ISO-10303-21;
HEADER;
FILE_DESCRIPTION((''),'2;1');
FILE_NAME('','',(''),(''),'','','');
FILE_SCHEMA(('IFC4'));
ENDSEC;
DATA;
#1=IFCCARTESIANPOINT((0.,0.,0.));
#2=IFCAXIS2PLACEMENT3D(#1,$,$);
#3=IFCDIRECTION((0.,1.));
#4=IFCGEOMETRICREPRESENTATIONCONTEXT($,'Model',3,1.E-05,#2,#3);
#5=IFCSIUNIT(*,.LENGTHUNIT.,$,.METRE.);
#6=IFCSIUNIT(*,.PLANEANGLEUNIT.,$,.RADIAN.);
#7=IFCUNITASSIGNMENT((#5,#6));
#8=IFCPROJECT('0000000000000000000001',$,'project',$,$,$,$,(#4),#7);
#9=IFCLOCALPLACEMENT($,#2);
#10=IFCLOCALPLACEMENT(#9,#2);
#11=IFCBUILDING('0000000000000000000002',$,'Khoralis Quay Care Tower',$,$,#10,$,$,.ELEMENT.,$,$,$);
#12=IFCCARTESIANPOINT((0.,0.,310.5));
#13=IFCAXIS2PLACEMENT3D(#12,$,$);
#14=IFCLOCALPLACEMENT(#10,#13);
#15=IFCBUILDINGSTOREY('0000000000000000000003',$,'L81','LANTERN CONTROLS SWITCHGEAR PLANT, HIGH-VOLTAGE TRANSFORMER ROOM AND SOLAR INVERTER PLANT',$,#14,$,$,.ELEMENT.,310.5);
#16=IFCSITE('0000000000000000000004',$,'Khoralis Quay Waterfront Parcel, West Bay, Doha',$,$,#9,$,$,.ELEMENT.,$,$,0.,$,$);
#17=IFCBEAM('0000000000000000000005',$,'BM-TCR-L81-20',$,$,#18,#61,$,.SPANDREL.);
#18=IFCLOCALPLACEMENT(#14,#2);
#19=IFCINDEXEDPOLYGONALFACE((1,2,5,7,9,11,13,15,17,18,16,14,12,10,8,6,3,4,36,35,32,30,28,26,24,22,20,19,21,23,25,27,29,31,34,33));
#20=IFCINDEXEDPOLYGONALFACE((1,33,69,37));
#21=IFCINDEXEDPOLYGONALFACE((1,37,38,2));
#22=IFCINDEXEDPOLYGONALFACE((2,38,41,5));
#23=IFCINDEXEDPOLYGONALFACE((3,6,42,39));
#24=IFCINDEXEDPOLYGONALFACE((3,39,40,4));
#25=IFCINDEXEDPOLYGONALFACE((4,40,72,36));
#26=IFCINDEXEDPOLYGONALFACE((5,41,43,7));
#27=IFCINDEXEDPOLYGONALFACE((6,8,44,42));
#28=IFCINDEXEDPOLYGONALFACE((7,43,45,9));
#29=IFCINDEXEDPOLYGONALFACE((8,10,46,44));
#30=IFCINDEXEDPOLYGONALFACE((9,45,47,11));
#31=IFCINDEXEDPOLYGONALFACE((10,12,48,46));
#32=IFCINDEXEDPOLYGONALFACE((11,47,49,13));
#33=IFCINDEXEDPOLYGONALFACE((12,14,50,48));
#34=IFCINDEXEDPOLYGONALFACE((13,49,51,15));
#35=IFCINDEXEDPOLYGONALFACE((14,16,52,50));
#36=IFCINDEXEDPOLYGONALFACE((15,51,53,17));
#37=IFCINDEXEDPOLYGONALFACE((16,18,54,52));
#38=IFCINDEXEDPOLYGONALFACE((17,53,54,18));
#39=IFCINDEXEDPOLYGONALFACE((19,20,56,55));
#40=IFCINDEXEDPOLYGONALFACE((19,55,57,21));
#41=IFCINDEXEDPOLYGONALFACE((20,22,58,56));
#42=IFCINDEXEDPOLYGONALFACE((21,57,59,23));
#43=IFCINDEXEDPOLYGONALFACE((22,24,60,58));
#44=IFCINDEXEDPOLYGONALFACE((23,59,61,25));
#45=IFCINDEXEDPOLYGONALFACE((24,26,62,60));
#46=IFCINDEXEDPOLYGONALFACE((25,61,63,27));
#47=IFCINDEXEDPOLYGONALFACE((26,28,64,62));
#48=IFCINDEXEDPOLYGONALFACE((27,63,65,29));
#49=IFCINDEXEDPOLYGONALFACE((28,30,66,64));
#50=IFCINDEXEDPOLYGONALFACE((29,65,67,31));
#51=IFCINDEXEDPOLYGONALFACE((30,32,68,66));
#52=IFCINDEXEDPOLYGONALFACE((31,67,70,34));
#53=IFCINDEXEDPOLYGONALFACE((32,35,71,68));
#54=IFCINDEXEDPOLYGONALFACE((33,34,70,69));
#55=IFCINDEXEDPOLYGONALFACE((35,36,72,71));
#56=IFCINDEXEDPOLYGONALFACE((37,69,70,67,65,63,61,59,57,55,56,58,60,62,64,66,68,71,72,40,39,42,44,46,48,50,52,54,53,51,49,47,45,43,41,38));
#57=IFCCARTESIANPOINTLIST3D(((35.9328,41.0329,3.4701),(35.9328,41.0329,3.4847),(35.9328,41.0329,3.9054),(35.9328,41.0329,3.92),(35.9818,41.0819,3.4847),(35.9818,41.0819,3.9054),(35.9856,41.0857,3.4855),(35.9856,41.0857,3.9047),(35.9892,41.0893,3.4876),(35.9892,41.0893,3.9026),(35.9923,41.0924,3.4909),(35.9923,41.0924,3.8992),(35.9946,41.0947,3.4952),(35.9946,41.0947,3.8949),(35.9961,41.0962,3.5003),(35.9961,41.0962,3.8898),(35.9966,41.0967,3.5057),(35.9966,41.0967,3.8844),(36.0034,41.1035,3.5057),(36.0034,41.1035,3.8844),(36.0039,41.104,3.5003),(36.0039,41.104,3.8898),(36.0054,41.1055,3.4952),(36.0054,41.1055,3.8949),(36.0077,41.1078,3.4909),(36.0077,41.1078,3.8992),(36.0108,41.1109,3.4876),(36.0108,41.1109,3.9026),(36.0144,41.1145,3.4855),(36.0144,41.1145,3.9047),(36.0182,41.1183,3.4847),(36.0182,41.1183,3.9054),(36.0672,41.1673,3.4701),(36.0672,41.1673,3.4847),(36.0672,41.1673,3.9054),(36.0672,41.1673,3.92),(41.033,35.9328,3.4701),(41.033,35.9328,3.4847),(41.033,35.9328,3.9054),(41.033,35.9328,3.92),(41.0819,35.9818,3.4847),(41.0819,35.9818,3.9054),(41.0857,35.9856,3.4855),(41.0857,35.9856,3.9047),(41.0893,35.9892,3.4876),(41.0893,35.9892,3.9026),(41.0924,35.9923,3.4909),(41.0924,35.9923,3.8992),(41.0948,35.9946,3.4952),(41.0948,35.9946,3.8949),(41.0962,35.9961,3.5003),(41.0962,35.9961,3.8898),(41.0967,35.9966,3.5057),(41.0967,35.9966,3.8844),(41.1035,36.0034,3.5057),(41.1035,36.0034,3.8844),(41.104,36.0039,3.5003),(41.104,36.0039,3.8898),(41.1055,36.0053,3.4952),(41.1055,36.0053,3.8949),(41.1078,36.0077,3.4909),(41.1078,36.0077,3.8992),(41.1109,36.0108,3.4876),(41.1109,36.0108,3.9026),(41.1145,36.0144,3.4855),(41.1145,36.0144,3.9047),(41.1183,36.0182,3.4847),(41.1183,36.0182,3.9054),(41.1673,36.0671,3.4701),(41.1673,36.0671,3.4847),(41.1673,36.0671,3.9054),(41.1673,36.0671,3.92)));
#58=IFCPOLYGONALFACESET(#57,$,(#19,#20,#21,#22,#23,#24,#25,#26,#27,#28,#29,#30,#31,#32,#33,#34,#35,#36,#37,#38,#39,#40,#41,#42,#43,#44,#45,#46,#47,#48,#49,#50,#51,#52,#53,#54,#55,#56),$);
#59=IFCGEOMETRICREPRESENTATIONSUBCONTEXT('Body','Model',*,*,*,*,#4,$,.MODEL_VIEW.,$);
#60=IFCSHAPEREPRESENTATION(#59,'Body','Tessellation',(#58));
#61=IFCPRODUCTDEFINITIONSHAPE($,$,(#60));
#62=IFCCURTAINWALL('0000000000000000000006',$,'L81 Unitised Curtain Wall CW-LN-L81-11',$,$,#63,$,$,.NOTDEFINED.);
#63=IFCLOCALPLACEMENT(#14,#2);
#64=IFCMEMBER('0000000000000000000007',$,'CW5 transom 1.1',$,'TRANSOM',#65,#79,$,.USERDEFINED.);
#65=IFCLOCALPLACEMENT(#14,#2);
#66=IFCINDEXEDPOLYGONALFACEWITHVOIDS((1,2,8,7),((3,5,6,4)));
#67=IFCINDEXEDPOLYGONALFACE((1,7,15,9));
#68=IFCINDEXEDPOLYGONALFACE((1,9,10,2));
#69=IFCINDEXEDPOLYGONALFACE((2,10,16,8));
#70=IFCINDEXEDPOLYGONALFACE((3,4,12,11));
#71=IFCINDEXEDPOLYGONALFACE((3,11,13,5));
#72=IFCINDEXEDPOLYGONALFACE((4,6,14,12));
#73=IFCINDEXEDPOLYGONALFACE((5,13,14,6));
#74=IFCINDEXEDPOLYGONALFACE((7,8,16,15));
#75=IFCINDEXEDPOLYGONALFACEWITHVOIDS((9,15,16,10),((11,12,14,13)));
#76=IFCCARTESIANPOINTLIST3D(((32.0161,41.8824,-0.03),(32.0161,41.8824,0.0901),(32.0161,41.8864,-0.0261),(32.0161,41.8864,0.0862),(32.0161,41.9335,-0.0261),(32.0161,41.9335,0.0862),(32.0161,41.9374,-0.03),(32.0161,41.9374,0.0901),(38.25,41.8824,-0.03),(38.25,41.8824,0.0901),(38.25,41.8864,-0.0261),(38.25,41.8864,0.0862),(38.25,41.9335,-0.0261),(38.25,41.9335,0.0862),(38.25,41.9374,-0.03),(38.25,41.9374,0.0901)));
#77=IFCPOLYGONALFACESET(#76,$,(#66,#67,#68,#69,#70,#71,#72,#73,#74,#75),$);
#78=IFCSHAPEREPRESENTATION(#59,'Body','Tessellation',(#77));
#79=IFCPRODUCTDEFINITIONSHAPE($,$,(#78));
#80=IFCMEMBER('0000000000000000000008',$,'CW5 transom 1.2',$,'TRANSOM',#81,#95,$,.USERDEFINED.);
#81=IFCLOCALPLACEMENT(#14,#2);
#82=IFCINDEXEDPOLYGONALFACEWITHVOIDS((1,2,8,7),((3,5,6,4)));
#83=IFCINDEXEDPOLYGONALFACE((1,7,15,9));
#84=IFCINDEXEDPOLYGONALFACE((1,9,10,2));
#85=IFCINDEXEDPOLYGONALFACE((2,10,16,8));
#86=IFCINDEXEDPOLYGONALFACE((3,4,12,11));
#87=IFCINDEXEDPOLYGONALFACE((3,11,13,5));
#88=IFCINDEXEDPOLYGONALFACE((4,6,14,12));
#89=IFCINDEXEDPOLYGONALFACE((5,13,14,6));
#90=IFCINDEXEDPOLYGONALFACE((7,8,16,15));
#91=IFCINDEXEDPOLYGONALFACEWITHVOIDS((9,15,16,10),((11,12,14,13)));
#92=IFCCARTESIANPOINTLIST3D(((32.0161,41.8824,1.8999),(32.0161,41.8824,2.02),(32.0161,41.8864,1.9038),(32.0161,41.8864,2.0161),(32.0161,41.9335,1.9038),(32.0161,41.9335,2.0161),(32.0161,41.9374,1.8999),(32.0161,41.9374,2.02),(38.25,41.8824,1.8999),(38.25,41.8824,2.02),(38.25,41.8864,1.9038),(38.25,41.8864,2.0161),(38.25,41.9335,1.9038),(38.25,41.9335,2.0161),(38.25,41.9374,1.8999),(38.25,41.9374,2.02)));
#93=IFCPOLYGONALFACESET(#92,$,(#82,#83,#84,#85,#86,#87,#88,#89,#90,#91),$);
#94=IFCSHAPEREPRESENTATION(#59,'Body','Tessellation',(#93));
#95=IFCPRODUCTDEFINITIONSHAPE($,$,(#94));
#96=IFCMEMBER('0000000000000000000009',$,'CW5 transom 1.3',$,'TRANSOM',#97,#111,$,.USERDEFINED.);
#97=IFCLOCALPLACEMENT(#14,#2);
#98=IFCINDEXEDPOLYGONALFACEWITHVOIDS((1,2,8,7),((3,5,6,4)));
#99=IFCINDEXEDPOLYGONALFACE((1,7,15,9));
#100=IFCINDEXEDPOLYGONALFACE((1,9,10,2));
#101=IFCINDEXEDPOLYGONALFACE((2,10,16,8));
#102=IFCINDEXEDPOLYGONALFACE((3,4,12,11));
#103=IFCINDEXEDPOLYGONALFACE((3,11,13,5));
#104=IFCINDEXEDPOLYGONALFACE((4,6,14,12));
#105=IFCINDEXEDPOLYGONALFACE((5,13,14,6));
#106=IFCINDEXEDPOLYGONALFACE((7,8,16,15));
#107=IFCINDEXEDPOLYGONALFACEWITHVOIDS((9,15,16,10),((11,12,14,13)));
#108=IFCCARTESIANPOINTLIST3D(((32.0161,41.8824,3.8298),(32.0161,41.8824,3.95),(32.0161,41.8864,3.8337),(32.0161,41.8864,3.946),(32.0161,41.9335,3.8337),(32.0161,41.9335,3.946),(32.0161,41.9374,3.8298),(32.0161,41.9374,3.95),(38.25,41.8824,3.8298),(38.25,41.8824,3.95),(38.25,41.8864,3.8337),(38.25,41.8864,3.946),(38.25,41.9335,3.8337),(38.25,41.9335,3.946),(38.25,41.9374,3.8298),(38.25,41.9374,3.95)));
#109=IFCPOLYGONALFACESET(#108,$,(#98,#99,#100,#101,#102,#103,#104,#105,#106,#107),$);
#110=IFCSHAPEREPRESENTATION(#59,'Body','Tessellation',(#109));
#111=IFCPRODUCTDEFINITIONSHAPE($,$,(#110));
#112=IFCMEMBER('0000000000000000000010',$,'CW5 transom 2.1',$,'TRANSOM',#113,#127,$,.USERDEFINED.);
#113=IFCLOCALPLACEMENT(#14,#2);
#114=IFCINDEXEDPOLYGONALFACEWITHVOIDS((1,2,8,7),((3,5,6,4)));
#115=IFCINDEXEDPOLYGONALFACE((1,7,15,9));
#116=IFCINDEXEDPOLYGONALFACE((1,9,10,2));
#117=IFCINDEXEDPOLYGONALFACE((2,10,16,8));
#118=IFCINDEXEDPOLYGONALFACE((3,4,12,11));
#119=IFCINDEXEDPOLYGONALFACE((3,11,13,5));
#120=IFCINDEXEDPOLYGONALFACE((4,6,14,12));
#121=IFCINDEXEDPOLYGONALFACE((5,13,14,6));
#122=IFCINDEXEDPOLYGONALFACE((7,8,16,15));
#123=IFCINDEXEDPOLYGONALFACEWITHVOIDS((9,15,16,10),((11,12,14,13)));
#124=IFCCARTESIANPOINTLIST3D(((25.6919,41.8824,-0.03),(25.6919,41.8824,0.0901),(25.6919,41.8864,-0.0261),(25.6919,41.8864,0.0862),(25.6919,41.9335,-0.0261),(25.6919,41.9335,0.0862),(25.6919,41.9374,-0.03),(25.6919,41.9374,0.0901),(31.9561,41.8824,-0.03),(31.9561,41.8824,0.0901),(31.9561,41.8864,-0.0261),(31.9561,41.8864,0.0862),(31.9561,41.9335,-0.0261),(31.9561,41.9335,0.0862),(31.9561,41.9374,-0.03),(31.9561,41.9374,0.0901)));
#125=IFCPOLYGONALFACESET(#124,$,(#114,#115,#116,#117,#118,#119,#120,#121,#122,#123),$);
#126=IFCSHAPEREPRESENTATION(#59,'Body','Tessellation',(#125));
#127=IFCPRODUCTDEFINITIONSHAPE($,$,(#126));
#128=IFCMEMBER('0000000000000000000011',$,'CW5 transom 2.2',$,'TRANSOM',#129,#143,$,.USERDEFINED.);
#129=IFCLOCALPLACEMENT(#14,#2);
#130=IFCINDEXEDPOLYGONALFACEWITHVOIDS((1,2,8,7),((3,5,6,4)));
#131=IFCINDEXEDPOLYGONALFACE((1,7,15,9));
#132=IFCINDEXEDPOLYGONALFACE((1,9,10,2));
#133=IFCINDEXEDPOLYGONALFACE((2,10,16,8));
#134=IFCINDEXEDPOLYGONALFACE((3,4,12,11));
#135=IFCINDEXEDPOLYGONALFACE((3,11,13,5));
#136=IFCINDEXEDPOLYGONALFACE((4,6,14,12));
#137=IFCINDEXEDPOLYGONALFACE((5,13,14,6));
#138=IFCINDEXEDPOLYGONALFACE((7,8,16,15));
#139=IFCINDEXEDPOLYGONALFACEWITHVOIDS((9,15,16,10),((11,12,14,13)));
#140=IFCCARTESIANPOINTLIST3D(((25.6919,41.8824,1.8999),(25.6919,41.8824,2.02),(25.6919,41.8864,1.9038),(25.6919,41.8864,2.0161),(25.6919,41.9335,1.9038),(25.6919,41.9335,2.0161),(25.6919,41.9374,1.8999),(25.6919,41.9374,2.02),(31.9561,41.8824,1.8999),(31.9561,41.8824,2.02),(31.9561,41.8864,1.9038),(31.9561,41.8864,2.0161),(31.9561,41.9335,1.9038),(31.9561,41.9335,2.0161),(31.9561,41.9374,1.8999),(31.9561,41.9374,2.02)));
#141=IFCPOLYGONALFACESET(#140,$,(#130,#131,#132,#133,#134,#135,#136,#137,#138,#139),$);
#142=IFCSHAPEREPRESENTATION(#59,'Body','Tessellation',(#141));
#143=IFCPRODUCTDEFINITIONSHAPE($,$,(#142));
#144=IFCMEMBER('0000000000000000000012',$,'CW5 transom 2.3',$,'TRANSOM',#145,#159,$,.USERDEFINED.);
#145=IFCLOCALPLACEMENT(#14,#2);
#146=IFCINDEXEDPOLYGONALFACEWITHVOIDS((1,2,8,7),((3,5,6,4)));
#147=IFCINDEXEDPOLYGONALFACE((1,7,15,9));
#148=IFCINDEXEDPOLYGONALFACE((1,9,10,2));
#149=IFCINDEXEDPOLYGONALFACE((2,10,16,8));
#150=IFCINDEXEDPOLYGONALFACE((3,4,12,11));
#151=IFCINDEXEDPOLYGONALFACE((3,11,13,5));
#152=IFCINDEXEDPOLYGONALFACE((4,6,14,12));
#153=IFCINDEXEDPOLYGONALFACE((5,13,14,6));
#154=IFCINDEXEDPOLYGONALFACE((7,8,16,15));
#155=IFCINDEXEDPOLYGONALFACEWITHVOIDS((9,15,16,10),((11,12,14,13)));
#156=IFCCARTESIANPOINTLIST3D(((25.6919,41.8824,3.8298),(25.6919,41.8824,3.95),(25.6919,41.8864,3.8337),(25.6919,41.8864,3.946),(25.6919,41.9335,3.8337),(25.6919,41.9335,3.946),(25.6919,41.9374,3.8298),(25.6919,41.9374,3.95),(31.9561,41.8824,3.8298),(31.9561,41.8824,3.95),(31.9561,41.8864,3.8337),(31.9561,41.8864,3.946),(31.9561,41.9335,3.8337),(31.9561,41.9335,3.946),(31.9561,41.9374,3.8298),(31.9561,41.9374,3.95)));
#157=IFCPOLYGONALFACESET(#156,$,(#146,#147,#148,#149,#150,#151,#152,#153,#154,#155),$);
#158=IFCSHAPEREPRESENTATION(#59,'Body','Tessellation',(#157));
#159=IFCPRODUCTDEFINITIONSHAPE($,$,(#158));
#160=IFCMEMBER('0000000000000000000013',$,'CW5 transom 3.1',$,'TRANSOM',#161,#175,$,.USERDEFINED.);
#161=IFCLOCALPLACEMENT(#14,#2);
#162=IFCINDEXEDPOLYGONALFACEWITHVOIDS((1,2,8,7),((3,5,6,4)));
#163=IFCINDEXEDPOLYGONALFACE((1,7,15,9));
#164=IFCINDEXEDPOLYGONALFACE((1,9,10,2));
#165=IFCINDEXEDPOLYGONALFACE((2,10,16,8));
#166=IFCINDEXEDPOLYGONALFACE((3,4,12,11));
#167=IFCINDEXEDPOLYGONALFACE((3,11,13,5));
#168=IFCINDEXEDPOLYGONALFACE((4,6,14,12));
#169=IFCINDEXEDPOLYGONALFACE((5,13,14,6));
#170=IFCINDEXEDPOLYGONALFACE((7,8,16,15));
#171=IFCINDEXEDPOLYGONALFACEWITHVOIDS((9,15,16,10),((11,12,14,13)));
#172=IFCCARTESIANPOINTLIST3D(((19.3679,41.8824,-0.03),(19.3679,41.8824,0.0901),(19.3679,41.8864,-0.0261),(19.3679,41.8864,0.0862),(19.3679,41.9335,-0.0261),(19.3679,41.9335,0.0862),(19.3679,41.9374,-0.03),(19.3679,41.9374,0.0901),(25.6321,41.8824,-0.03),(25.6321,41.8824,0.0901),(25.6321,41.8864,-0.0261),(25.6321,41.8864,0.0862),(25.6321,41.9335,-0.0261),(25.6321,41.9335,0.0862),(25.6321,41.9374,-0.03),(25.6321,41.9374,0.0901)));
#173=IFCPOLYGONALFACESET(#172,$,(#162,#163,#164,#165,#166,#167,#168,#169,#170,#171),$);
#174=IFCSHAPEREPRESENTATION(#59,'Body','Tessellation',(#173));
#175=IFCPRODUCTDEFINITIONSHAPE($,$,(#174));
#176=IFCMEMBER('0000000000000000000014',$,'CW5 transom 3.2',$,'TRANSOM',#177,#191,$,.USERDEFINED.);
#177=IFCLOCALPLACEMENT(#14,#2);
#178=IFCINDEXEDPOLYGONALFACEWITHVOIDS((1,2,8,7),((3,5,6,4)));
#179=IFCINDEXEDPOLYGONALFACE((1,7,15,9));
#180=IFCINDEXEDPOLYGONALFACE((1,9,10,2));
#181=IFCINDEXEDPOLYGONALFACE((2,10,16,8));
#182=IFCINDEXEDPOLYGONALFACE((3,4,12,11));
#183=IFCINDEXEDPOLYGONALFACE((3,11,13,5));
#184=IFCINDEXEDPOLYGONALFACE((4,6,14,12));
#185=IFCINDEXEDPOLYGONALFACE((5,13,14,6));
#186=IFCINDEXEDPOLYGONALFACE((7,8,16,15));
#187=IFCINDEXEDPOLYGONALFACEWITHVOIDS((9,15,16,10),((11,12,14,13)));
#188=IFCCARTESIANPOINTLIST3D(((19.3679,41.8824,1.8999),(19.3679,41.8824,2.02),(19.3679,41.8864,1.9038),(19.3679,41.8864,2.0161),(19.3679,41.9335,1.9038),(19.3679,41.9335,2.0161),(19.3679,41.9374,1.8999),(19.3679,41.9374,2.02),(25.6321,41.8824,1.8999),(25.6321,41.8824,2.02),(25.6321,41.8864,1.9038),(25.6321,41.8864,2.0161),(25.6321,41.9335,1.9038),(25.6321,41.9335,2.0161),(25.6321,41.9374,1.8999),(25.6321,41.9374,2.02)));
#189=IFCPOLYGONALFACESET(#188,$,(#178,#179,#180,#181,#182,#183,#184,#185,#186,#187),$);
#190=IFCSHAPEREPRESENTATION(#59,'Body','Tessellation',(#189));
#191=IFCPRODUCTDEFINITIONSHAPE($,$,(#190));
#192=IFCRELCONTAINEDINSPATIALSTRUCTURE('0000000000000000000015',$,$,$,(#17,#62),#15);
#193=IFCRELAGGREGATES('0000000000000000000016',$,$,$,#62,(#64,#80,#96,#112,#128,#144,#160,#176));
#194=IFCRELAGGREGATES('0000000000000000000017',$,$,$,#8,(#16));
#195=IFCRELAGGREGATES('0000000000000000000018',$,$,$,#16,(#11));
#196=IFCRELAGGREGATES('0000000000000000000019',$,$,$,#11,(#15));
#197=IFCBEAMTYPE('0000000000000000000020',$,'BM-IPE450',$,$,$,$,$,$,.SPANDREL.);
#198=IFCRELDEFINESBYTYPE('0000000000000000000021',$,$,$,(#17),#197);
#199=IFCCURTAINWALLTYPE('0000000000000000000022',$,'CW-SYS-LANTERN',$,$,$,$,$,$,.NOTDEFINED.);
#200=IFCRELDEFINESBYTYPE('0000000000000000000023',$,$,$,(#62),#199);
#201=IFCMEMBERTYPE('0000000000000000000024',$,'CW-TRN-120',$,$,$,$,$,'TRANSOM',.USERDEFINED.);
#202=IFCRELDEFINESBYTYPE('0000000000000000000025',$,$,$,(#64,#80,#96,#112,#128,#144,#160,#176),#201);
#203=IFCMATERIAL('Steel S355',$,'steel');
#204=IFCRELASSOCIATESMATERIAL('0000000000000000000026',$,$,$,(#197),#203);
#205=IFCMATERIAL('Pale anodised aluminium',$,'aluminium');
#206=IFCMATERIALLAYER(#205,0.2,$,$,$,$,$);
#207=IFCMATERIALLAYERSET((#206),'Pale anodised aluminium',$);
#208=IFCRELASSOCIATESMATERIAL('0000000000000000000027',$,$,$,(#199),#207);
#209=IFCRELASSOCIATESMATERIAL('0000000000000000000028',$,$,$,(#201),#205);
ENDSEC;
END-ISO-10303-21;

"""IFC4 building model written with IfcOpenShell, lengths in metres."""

from ifc_helpers import new_model, si_unit, direction, frame, origin, origin_2d, place, context, subcontext, project, spatial, hollow_rectangle, i_section, extrude, source, transform, mapped, material, layer, layer_set, material_profile, profile_set, type_object, element, aggregate, save


model = new_model("IFC4")

# Units and contexts
model_context = context("Model", 3, precision=1e-05, world=origin(), true_north=direction((0.0, 1.0)))
body_context = subcontext(model_context, "Body", "Model", "MODEL_VIEW")
ifc_project = project(units=[si_unit("LENGTHUNIT", "METRE"), si_unit("PLANEANGLEUNIT", "RADIAN")], contexts=[model_context])

# Site, building, storey
site_placement = place(None, origin())
site = spatial("IfcSite", under=ifc_project, at=site_placement, Name="Khoralis Quay Waterfront Parcel, West Bay, Doha", CompositionType="ELEMENT", RefElevation=0.0)
building_placement = place(site_placement, origin())
building = spatial("IfcBuilding", under=site, at=building_placement, Name="Khoralis Quay Care Tower", CompositionType="ELEMENT")
storey_placement = place(building_placement, frame((0.0, 0.0, 310.5)))
storey = spatial("IfcBuildingStorey", under=building, at=storey_placement, Name="L81", Description="LANTERN CONTROLS SWITCHGEAR PLANT, HIGH-VOLTAGE TRANSFORMER ROOM AND SOLAR INVERTER PLANT", CompositionType="ELEMENT", Elevation=310.5)

# Beam
ifc_material_1 = material(Name="Steel S355", Category="steel")
ifc_material_profile_1 = material_profile(ifc_material_1, i_section(OverallWidth=0.1899, OverallDepth=0.45, WebThickness=0.0095, FlangeThickness=0.0146, FilletRadius=0.021, at=origin_2d()), Name="Steel S355")
ifc_profile_set_1 = profile_set([ifc_material_profile_1], Name="Steel S355")
beam_type = type_object("IfcBeamType", Name="BM-IPE450", PredefinedType="SPANDREL", material=ifc_profile_set_1)
shared_shape_1 = source(origin(), body_context, "Body", "SweptSolid", [
    extrude(i_section(OverallWidth=0.1899, OverallDepth=0.45, WebThickness=0.0095, FlangeThickness=0.0146, FilletRadius=0.021, at=origin_2d()), origin(), (0.0, 0.0, 1.0), 7.2126),
])
beam_1_placement = place(storey_placement, frame((36.0, 41.1001, 3.6951), z_axis=(0.707107, -0.707107, 0.0), x_axis=(0.707107, 0.707107, 0.0)))
element("IfcBeam", 1, at=beam_1_placement, inside=storey, type_object=beam_type, Name="BM-TCR-L81-20", PredefinedType="SPANDREL", context=body_context, shape_type="MappedRepresentation", body=[
    mapped(shared_shape_1, transform((0.0, 0.0, 0.0), scale=1.0)),
])

# Curtain wall, members
ifc_material_2 = material(Name="Pale anodised aluminium", Category="aluminium")
ifc_layer_1 = layer(ifc_material_2, 0.2)
ifc_layer_set_1 = layer_set([ifc_layer_1], Name="Pale anodised aluminium")
curtain_wall_type = type_object("IfcCurtainWallType", Name="CW-SYS-LANTERN", PredefinedType="NOTDEFINED", material=ifc_layer_set_1)
curtain_wall_placement = place(storey_placement, origin())
curtain_wall = element("IfcCurtainWall", 2, at=curtain_wall_placement, inside=storey, type_object=curtain_wall_type, Name="L81 Unitised Curtain Wall CW-LN-L81-11", PredefinedType="NOTDEFINED")
ifc_material_profile_2 = material_profile(ifc_material_2, hollow_rectangle(XDim=0.0549, YDim=0.1201, WallThickness=0.0039, at=origin_2d()), Name="Pale anodised aluminium")
ifc_profile_set_2 = profile_set([ifc_material_profile_2], Name="Pale anodised aluminium")
member_type_1 = type_object("IfcMemberType", Name="CW-TRN-120", ElementType="TRANSOM", PredefinedType="USERDEFINED", material=ifc_profile_set_2)
shared_shape_2 = source(origin(), body_context, "Body", "SweptSolid", [
    extrude(hollow_rectangle(XDim=0.0549, YDim=0.1201, WallThickness=0.0039, at=origin_2d()), origin(), (0.0, 0.0, 1.0), 6.2339),
])
member_1_placement = place(storey_placement, frame((38.25, 41.9099, 0.03), z_axis=(-1.0, 0.0, 0.0), x_axis=(0.0, -1.0, 0.0)))
member_1 = element("IfcMember", 3, at=member_1_placement, type_object=member_type_1, Name="CW5 transom 1.1", ObjectType="TRANSOM", PredefinedType="USERDEFINED", context=body_context, shape_type="MappedRepresentation", body=[
    mapped(shared_shape_2, transform((0.0, 0.0, 0.0), scale=1.0)),
])
member_2_placement = place(storey_placement, frame((38.25, 41.9099, 1.96), z_axis=(-1.0, 0.0, 0.0), x_axis=(0.0, -1.0, 0.0)))
member_2 = element("IfcMember", 4, at=member_2_placement, type_object=member_type_1, Name="CW5 transom 1.2", ObjectType="TRANSOM", PredefinedType="USERDEFINED", context=body_context, shape_type="MappedRepresentation", body=[
    mapped(shared_shape_2, transform((0.0, 0.0, 0.0), scale=1.0)),
])
member_3_placement = place(storey_placement, frame((38.25, 41.9099, 3.8899), z_axis=(-1.0, 0.0, 0.0), x_axis=(0.0, -1.0, 0.0)))
member_3 = element("IfcMember", 5, at=member_3_placement, type_object=member_type_1, Name="CW5 transom 1.3", ObjectType="TRANSOM", PredefinedType="USERDEFINED", context=body_context, shape_type="MappedRepresentation", body=[
    mapped(shared_shape_2, transform((0.0, 0.0, 0.0), scale=1.0)),
])
shared_shape_3 = source(origin(), body_context, "Body", "SweptSolid", [
    extrude(hollow_rectangle(XDim=0.0549, YDim=0.1201, WallThickness=0.0039, at=origin_2d()), origin(), (0.0, 0.0, 1.0), 6.2642),
])
member_4_placement = place(storey_placement, frame((31.9561, 41.9099, 0.03), z_axis=(-1.0, 0.0, 0.0), x_axis=(0.0, -1.0, 0.0)))
member_4 = element("IfcMember", 6, at=member_4_placement, type_object=member_type_1, Name="CW5 transom 2.1", ObjectType="TRANSOM", PredefinedType="USERDEFINED", context=body_context, shape_type="MappedRepresentation", body=[
    mapped(shared_shape_3, transform((0.0, 0.0, 0.0), scale=1.0)),
])
member_5_placement = place(storey_placement, frame((31.9561, 41.9099, 1.96), z_axis=(-1.0, 0.0, 0.0), x_axis=(0.0, -1.0, 0.0)))
member_5 = element("IfcMember", 7, at=member_5_placement, type_object=member_type_1, Name="CW5 transom 2.2", ObjectType="TRANSOM", PredefinedType="USERDEFINED", context=body_context, shape_type="MappedRepresentation", body=[
    mapped(shared_shape_3, transform((0.0, 0.0, 0.0), scale=1.0)),
])
member_6_placement = place(storey_placement, frame((31.9561, 41.9099, 3.8899), z_axis=(-1.0, 0.0, 0.0), x_axis=(0.0, -1.0, 0.0)))
member_6 = element("IfcMember", 8, at=member_6_placement, type_object=member_type_1, Name="CW5 transom 2.3", ObjectType="TRANSOM", PredefinedType="USERDEFINED", context=body_context, shape_type="MappedRepresentation", body=[
    mapped(shared_shape_3, transform((0.0, 0.0, 0.0), scale=1.0)),
])
member_7_placement = place(storey_placement, frame((25.6321, 41.9099, 0.03), z_axis=(-1.0, 0.0, 0.0), x_axis=(0.0, -1.0, 0.0)))
member_7 = element("IfcMember", 9, at=member_7_placement, type_object=member_type_1, Name="CW5 transom 3.1", ObjectType="TRANSOM", PredefinedType="USERDEFINED", context=body_context, shape_type="MappedRepresentation", body=[
    mapped(shared_shape_3, transform((0.0, 0.0, 0.0), scale=1.0)),
])
member_8_placement = place(storey_placement, frame((25.6321, 41.9099, 1.96), z_axis=(-1.0, 0.0, 0.0), x_axis=(0.0, -1.0, 0.0)))
member_8 = element("IfcMember", 10, at=member_8_placement, type_object=member_type_1, Name="CW5 transom 3.2", ObjectType="TRANSOM", PredefinedType="USERDEFINED", context=body_context, shape_type="MappedRepresentation", body=[
    mapped(shared_shape_3, transform((0.0, 0.0, 0.0), scale=1.0)),
])
aggregate(curtain_wall, [member_1, member_2, member_3, member_4, member_5, member_6, member_7, member_8])

save(model, "model.ifc")
